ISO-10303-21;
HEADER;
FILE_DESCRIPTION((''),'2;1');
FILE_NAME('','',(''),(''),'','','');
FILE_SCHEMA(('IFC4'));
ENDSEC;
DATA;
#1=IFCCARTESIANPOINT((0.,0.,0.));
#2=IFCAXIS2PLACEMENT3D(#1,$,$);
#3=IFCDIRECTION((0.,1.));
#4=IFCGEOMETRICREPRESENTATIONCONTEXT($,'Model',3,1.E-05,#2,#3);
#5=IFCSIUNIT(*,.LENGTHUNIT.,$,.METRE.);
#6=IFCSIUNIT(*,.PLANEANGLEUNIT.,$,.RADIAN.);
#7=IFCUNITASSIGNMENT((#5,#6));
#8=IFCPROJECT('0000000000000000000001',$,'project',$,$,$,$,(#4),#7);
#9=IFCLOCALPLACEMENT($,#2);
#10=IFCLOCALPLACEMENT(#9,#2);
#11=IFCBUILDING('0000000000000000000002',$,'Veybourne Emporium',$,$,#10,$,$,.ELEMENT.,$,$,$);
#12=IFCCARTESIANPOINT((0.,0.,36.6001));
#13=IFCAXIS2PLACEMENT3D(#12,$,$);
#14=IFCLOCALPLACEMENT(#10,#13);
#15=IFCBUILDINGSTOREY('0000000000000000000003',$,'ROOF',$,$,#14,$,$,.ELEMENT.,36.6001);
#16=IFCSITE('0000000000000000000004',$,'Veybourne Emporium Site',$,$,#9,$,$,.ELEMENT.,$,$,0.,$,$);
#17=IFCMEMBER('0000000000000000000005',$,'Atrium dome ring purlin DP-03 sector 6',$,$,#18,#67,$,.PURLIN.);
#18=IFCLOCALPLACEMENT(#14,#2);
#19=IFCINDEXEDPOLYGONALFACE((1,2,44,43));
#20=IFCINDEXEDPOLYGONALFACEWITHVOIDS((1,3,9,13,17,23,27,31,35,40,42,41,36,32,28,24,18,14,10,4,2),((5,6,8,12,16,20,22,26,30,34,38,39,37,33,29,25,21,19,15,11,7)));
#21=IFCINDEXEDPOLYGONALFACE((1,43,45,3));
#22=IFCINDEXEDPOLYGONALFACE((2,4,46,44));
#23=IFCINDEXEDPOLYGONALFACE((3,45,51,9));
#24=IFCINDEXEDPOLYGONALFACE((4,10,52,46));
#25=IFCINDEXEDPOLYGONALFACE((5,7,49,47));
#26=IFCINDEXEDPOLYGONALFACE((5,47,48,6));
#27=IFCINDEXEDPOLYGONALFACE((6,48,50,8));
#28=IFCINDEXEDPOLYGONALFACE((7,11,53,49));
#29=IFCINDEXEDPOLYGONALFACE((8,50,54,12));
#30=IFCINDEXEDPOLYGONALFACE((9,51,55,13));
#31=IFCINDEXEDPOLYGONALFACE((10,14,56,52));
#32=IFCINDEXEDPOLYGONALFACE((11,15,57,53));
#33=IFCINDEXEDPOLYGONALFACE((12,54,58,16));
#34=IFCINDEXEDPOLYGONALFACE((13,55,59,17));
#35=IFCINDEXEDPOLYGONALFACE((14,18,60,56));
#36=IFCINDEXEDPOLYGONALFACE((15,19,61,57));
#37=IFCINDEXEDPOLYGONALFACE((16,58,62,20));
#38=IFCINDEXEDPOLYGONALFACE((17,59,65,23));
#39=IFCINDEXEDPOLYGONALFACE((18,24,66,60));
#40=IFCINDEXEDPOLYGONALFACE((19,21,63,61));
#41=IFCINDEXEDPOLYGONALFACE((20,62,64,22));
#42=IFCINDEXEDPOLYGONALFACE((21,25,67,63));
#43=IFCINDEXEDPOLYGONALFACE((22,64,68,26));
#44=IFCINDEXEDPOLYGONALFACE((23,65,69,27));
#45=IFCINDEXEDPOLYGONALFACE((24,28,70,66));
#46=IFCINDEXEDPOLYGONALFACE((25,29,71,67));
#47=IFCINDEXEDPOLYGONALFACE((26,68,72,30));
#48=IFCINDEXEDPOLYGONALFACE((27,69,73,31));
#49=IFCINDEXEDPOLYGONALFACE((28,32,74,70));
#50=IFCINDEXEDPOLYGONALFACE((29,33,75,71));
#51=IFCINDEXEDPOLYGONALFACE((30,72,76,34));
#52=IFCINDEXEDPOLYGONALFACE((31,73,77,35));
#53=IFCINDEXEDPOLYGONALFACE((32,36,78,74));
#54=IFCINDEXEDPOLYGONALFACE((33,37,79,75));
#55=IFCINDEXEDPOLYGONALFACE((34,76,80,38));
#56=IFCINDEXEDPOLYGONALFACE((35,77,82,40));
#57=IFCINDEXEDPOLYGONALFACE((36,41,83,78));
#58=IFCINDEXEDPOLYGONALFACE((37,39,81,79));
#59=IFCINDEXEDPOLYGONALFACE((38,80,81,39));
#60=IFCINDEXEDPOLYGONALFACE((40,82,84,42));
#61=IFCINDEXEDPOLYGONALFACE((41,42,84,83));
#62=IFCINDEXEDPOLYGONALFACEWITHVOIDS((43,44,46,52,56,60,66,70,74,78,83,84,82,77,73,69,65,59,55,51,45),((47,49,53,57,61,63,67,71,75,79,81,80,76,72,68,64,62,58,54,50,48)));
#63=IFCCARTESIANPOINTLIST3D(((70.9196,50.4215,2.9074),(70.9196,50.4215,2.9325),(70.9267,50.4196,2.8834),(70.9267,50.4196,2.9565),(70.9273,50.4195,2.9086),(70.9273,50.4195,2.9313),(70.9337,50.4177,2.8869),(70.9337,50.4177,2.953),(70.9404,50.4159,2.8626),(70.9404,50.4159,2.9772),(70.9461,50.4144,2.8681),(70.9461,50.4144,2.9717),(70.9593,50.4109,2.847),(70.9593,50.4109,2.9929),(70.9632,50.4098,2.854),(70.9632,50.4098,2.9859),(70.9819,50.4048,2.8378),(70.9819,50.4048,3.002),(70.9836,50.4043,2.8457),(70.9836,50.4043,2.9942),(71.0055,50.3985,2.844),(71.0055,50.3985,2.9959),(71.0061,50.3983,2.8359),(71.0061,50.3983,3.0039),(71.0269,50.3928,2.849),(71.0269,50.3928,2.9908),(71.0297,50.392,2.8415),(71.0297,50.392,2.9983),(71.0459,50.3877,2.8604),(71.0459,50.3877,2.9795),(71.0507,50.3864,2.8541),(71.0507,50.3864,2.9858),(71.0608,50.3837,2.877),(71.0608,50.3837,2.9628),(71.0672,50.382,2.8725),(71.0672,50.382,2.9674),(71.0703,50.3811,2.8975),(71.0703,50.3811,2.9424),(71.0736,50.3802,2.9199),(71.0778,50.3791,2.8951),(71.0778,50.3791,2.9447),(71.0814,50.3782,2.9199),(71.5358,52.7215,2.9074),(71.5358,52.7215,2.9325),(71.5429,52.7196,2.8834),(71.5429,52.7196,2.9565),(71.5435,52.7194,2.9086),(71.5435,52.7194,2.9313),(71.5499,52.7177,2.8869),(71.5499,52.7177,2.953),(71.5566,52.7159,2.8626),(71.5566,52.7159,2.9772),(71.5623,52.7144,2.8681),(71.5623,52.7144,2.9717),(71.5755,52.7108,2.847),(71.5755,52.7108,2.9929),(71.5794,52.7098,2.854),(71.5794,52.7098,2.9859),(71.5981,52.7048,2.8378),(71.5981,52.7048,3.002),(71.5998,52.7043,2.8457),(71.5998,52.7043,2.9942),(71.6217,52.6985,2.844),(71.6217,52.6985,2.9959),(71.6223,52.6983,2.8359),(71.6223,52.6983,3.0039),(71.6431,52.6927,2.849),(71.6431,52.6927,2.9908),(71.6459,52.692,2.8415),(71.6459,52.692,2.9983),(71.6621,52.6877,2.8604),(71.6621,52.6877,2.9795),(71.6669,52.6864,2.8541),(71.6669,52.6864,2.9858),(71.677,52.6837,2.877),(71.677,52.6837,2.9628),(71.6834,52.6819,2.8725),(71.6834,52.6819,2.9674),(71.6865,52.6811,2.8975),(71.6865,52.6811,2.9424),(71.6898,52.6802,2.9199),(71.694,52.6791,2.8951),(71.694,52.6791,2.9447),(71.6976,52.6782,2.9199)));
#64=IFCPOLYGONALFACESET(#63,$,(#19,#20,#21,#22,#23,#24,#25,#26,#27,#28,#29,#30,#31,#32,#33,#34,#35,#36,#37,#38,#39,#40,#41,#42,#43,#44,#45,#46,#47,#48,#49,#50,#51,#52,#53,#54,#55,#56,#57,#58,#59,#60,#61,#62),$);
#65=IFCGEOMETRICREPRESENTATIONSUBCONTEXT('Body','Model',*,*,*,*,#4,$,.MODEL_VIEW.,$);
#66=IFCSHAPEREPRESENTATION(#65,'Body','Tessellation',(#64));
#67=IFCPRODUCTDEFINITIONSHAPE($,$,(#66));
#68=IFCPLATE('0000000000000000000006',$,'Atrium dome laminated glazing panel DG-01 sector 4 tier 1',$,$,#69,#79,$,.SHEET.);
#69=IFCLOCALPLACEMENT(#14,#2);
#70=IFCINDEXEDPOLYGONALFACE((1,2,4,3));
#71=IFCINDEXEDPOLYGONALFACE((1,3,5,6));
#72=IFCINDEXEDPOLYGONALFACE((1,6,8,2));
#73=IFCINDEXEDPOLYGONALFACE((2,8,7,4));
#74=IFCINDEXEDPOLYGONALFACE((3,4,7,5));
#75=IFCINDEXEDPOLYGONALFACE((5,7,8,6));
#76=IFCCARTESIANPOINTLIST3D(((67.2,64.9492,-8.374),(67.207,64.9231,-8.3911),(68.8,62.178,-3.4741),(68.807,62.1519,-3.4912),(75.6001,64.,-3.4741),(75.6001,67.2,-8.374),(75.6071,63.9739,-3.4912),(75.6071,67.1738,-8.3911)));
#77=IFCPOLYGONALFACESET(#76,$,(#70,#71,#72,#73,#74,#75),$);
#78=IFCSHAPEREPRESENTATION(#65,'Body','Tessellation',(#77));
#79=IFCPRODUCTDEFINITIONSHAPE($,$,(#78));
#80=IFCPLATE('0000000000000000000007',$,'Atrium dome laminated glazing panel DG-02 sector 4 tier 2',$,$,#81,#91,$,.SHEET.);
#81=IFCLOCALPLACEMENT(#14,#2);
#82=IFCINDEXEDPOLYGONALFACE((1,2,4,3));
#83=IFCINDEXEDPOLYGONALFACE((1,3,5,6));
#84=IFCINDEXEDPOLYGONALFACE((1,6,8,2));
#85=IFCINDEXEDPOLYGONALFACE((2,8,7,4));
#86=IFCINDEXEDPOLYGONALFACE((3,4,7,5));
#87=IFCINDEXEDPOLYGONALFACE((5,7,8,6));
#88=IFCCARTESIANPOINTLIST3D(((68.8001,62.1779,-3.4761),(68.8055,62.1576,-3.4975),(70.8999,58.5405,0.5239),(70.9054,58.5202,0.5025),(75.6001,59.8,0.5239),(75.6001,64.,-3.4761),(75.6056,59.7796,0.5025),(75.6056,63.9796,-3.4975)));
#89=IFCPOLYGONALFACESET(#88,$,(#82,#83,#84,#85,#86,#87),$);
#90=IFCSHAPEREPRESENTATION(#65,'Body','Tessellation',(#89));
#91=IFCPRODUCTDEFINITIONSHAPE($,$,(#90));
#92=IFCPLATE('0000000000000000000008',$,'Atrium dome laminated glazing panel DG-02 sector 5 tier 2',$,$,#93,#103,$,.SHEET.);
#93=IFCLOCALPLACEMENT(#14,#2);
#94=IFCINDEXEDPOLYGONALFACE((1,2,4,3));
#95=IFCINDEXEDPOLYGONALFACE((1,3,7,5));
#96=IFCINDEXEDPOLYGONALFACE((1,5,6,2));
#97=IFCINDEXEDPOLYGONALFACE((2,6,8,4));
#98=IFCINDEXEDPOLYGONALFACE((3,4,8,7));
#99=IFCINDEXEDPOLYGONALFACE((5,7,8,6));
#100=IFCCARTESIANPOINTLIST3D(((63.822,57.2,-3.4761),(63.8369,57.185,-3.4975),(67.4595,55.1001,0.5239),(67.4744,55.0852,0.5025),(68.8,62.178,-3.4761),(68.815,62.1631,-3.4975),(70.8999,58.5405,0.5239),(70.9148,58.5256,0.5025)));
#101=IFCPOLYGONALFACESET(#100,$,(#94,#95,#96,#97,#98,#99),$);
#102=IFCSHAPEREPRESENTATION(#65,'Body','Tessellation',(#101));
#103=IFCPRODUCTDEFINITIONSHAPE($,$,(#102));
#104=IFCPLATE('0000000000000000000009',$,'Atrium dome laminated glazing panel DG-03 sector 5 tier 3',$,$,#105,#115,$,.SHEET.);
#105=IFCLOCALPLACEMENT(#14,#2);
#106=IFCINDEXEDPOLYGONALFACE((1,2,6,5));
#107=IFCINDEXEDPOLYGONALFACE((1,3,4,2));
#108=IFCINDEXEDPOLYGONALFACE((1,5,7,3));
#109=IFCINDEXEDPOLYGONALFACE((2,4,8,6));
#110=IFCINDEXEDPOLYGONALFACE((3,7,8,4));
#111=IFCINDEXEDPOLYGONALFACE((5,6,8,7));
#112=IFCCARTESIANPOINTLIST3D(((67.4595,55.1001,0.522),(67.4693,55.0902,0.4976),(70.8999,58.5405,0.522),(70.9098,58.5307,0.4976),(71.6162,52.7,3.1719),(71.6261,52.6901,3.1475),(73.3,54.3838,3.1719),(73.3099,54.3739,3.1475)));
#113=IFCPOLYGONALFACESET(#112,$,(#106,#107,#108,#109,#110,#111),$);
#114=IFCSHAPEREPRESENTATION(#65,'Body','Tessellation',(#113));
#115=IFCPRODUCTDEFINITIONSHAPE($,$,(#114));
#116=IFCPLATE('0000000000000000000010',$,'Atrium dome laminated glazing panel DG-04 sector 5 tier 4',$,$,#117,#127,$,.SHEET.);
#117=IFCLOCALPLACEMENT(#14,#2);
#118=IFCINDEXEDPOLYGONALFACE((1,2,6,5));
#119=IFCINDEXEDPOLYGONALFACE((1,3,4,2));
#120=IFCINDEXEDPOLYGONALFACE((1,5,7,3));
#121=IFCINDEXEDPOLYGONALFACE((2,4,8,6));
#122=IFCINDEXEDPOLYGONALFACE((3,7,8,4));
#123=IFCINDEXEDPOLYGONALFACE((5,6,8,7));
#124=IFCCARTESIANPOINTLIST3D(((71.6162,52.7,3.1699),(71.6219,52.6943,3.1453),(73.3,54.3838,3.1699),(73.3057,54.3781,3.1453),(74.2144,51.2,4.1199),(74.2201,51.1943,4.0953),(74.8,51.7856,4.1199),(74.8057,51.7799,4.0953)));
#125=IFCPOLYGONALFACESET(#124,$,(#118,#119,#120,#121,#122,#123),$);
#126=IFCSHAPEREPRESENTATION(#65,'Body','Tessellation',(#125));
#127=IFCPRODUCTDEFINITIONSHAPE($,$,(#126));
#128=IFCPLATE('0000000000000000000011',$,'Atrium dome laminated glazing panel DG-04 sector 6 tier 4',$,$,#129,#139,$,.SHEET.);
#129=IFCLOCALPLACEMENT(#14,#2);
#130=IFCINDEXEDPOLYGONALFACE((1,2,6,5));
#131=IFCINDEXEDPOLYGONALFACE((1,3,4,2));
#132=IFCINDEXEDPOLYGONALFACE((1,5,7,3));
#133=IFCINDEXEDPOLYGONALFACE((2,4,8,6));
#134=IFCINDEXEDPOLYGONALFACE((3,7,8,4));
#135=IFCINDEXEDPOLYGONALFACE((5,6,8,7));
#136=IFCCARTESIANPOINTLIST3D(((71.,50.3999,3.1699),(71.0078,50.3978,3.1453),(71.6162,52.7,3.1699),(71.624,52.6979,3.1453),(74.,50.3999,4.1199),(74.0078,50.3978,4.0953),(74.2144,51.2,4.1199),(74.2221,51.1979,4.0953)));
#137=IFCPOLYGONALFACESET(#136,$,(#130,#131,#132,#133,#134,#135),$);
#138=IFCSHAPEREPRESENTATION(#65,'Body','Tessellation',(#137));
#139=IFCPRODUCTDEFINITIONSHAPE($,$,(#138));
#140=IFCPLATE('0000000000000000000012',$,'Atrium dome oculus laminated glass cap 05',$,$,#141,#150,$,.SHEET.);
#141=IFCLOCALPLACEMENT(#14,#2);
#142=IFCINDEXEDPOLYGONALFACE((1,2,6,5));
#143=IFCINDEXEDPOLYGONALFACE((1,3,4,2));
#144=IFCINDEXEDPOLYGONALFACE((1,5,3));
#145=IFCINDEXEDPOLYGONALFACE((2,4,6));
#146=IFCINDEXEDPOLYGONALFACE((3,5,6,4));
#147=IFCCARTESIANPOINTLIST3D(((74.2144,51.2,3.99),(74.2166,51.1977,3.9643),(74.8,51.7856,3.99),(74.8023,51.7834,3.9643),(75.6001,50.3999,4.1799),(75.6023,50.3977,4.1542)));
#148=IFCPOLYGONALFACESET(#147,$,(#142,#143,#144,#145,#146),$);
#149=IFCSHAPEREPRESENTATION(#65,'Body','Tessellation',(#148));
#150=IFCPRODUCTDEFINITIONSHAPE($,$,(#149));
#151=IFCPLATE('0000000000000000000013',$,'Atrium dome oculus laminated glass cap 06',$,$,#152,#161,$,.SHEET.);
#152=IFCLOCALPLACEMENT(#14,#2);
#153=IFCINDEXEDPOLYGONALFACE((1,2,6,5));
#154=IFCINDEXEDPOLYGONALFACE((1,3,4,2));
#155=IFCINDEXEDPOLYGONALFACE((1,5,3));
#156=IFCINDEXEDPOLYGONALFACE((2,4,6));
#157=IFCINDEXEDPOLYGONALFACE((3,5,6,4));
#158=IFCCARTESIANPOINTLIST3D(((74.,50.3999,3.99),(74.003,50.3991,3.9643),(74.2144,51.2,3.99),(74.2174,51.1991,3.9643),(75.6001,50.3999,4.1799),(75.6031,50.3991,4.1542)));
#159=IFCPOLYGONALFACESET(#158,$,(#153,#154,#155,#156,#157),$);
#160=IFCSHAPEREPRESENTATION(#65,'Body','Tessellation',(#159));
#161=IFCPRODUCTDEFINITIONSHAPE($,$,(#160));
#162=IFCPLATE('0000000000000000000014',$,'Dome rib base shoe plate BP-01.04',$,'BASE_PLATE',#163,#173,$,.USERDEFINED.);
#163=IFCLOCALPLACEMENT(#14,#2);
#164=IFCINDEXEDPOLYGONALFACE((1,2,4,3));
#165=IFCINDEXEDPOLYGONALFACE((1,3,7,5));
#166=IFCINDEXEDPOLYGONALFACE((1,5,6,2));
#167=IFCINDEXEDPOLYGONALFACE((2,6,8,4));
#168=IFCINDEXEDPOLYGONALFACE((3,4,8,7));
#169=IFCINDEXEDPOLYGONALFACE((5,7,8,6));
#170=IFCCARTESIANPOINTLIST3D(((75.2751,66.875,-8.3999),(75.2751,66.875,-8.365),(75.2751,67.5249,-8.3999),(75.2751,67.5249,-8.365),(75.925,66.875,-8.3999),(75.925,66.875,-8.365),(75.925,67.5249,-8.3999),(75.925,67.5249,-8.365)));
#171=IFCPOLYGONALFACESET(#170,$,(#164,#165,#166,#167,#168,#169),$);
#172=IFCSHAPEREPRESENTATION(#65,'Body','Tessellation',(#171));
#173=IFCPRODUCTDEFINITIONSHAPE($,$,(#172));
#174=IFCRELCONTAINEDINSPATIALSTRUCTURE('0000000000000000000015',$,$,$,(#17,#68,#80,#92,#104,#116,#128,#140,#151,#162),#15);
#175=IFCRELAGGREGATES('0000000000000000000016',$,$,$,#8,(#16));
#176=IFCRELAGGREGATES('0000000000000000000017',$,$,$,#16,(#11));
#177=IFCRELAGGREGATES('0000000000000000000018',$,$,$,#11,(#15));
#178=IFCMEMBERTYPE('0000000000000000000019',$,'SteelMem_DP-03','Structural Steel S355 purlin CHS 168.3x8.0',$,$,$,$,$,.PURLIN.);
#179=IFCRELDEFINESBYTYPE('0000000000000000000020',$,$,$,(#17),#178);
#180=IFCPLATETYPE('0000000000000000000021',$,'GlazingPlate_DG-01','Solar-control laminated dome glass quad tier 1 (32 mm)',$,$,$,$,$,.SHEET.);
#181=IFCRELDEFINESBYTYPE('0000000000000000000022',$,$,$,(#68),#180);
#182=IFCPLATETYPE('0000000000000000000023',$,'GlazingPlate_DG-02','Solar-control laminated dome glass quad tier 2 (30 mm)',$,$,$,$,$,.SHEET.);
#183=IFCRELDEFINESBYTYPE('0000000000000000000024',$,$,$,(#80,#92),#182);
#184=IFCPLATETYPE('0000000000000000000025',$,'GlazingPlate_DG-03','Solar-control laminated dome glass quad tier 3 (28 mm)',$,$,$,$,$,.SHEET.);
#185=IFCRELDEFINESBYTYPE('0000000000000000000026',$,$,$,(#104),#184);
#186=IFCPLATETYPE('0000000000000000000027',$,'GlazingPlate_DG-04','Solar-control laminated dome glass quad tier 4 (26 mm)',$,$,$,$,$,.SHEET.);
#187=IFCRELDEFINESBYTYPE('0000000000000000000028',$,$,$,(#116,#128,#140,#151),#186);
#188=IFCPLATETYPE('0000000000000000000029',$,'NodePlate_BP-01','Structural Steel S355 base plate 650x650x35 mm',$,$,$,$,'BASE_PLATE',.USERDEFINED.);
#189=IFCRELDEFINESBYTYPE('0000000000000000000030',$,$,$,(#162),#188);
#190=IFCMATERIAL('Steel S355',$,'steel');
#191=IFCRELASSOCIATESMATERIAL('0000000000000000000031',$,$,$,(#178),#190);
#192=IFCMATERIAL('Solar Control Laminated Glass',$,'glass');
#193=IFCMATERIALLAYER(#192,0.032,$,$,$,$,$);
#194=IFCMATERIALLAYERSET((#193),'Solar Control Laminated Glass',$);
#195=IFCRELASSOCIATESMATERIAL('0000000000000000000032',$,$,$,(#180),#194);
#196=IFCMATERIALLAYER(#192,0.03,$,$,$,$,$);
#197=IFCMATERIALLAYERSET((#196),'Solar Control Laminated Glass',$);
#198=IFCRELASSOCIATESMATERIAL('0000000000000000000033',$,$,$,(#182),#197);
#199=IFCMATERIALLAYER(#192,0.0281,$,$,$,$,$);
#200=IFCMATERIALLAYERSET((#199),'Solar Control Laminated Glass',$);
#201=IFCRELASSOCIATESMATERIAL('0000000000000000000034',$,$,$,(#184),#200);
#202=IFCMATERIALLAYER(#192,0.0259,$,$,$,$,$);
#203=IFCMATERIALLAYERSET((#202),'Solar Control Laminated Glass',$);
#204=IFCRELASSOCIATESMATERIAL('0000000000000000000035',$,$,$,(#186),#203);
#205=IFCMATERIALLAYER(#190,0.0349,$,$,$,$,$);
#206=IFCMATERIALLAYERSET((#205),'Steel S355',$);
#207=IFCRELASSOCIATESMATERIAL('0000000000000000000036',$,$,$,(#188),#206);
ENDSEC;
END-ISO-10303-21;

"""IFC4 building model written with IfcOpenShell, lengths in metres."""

from ifc_helpers import new_model, si_unit, direction, frame, origin, origin_2d, place, context, subcontext, project, spatial, polyline, rectangle, hollow_circle, outline, extrude, material, layer, layer_set, material_profile, profile_set, type_object, element, save


model = new_model("IFC4")

# Units and contexts
model_context = context("Model", 3, precision=1e-05, world=origin(), true_north=direction((0.0, 1.0)))
body_context = subcontext(model_context, "Body", "Model", "MODEL_VIEW")
ifc_project = project(units=[si_unit("LENGTHUNIT", "METRE"), si_unit("PLANEANGLEUNIT", "RADIAN")], contexts=[model_context])

# Site, building, storey
site_placement = place(None, origin())
site = spatial("IfcSite", under=ifc_project, at=site_placement, Name="Veybourne Emporium Site", CompositionType="ELEMENT", RefElevation=0.0)
building_placement = place(site_placement, origin())
building = spatial("IfcBuilding", under=site, at=building_placement, Name="Veybourne Emporium", CompositionType="ELEMENT")
storey_placement = place(building_placement, frame((0.0, 0.0, 36.6001)))
storey = spatial("IfcBuildingStorey", under=building, at=storey_placement, Name="ROOF", CompositionType="ELEMENT", Elevation=36.6001)

# Shared definitions
ifc_material_1 = material(Name="Steel S355", Category="steel")

# Member
ifc_material_profile_1 = material_profile(ifc_material_1, hollow_circle(Radius=0.0842, WallThickness=0.0081, at=origin_2d()), Name="CHS 168.3x8.0")
ifc_profile_set_1 = profile_set([ifc_material_profile_1], Name="Steel S355")
member_type_1 = type_object("IfcMemberType", Name="SteelMem_DP-03", Description="Structural Steel S355 purlin CHS 168.3x8.0", PredefinedType="PURLIN", material=ifc_profile_set_1)
member_1_placement = place(storey_placement, frame((71.6162, 52.7, 2.9199), z_axis=(-0.258786, -0.965935, 0.0), x_axis=(0.965935, -0.258786, 0.0)))
element("IfcMember", 1, at=member_1_placement, inside=storey, type_object=member_type_1, Name="Atrium dome ring purlin DP-03 sector 6", PredefinedType="PURLIN", context=body_context, shape_type="SweptSolid", body=[
    extrude(hollow_circle(Radius=0.0842, WallThickness=0.0081, at=origin_2d()), origin(), (0.0, 0.0, 1.0), 2.3811),
])

# Plates
ifc_material_2 = material(Name="Solar Control Laminated Glass", Category="glass")
ifc_layer_1 = layer(ifc_material_2, 0.032)
ifc_layer_set_1 = layer_set([ifc_layer_1], Name="Solar Control Laminated Glass")
plate_type_1 = type_object("IfcPlateType", Name="GlazingPlate_DG-01", Description="Solar-control laminated dome glass quad tier 1 (32 mm)", PredefinedType="SHEET", material=ifc_layer_set_1)
plate_1_placement = place(storey_placement, frame((75.6001, 67.2, -8.374), z_axis=(-0.218898, 0.816963, 0.533531), x_axis=(-0.965928, -0.258811, -0.000001)))
element("IfcPlate", 2, at=plate_1_placement, inside=storey, type_object=plate_type_1, Name="Atrium dome laminated glazing panel DG-01 sector 4 tier 1", PredefinedType="SHEET", context=body_context, shape_type="SweptSolid", body=[
    extrude(outline(polyline([(0.0, 0.0), (8.6965, 0.0), (7.8681, 5.7934), (0.8282, 5.7933), (0.0, 0.0)])), origin(), (0.0, 0.0, -1.0), 0.032),
])
ifc_layer_2 = layer(ifc_material_2, 0.03)
ifc_layer_set_2 = layer_set([ifc_layer_2], Name="Solar Control Laminated Glass")
plate_type_2 = type_object("IfcPlateType", Name="GlazingPlate_DG-02", Description="Solar-control laminated dome glass quad tier 2 (30 mm)", PredefinedType="SHEET", material=ifc_layer_set_2)
plate_2_placement = place(storey_placement, frame((75.6001, 64.0, -3.4761), z_axis=(-0.181719, 0.67817, 0.712084), x_axis=(-0.965926, -0.258818, -0.000006)))
element("IfcPlate", 3, at=plate_2_placement, inside=storey, type_object=plate_type_2, Name="Atrium dome laminated glazing panel DG-02 sector 4 tier 2", PredefinedType="SHEET", context=body_context, shape_type="SweptSolid", body=[
    extrude(outline(polyline([(0.0, 0.0), (7.0399, 0.0), (5.953, 5.6973), (1.087, 5.6972), (0.0, 0.0)])), origin(), (0.0, 0.0, -1.0), 0.03),
])
plate_3_placement = place(storey_placement, frame((68.8, 62.178, -3.4761), z_axis=(-0.496457, 0.496457, 0.712082), x_axis=(-0.707107, -0.707107, 0.0)))
element("IfcPlate", 4, at=plate_3_placement, inside=storey, type_object=plate_type_2, Name="Atrium dome laminated glazing panel DG-02 sector 5 tier 2", PredefinedType="SHEET", context=body_context, shape_type="SweptSolid", body=[
    extrude(outline(polyline([(0.0, 0.0), (7.04, 0.0), (5.9527, 5.6972), (1.0872, 5.6972), (0.0, 0.0)])), origin(), (0.0, 0.0, -1.0), 0.03),
])
ifc_layer_3 = layer(ifc_material_2, 0.0281)
ifc_layer_set_3 = layer_set([ifc_layer_3], Name="Solar Control Laminated Glass")
plate_type_3 = type_object("IfcPlateType", Name="GlazingPlate_DG-03", Description="Solar-control laminated dome glass quad tier 3 (28 mm)", PredefinedType="SHEET", material=ifc_layer_set_3)
plate_4_placement = place(storey_placement, frame((70.8999, 58.5405, 0.522), z_axis=(-0.350875, 0.350875, 0.868201), x_axis=(-0.707107, -0.707107, 0.0)))
element("IfcPlate", 5, at=plate_4_placement, inside=storey, type_object=plate_type_3, Name="Atrium dome laminated glazing panel DG-03 sector 5 tier 3", PredefinedType="SHEET", context=body_context, shape_type="SweptSolid", body=[
    extrude(outline(polyline([(0.0, 0.0), (4.8655, 0.0), (3.6234, 5.3403), (1.2421, 5.3403), (0.0, 0.0)])), origin(), (0.0, 0.0, -1.0), 0.0281),
])
ifc_layer_4 = layer(ifc_material_2, 0.0259)
ifc_layer_set_4 = layer_set([ifc_layer_4], Name="Solar Control Laminated Glass")
plate_type_4 = type_object("IfcPlateType", Name="GlazingPlate_DG-04", Description="Solar-control laminated dome glass quad tier 4 (26 mm)", PredefinedType="SHEET", material=ifc_layer_set_4)
plate_5_placement = place(storey_placement, frame((73.3, 54.3838, 3.1699), z_axis=(-0.220267, 0.220267, 0.950245), x_axis=(-0.707107, -0.707107, 0.0)))
element("IfcPlate", 6, at=plate_5_placement, inside=storey, type_object=plate_type_4, Name="Atrium dome laminated glazing panel DG-04 sector 5 tier 4", PredefinedType="SHEET", context=body_context, shape_type="SweptSolid", body=[
    extrude(outline(polyline([(0.0, 0.0), (2.3813, 0.0), (1.6048, 3.0496), (0.7765, 3.0496), (0.0, 0.0)])), origin(), (0.0, 0.0, -1.0), 0.0259),
])
plate_6_placement = place(storey_placement, frame((71.6162, 52.7, 3.1699), z_axis=(-0.300894, 0.080614, 0.950244), x_axis=(-0.258786, -0.965935, 0.000001)))
element("IfcPlate", 7, at=plate_6_placement, inside=storey, type_object=plate_type_4, Name="Atrium dome laminated glazing panel DG-04 sector 6 tier 4", PredefinedType="SHEET", context=body_context, shape_type="SweptSolid", body=[
    extrude(outline(polyline([(0.0, 0.0), (2.3812, 0.0), (1.6048, 3.0495), (0.7765, 3.0495), (0.0, 0.0)])), origin(), (0.0, 0.0, -1.0), 0.0259),
])
plate_7_placement = place(storey_placement, frame((74.8, 51.7856, 3.99), z_axis=(-0.086249, 0.086249, 0.992533), x_axis=(-0.707107, -0.707107, 0.0)))
element("IfcPlate", 8, at=plate_7_placement, inside=storey, type_object=plate_type_4, Name="Atrium dome oculus laminated glass cap 05", PredefinedType="SHEET", context=body_context, shape_type="SweptSolid", body=[
    extrude(outline(polyline([(0.0, 0.0), (0.8283, 0.0), (0.4141, 1.5572), (0.0, 0.0)])), origin(), (0.0, 0.0, -1.0), 0.0259),
])
plate_8_placement = place(storey_placement, frame((74.2144, 51.2, 3.99), z_axis=(-0.11782, 0.031567, 0.992533), x_axis=(-0.2588, -0.965931, 0.0)))
element("IfcPlate", 9, at=plate_8_placement, inside=storey, type_object=plate_type_4, Name="Atrium dome oculus laminated glass cap 06", PredefinedType="SHEET", context=body_context, shape_type="SweptSolid", body=[
    extrude(outline(polyline([(0.0, 0.0), (0.8283, 0.0), (0.4142, 1.5572), (0.0, 0.0)])), origin(), (0.0, 0.0, -1.0), 0.0259),
])
ifc_layer_5 = layer(ifc_material_1, 0.0349)
ifc_layer_set_5 = layer_set([ifc_layer_5], Name="Steel S355")
plate_type_5 = type_object("IfcPlateType", Name="NodePlate_BP-01", Description="Structural Steel S355 base plate 650x650x35 mm", ElementType="BASE_PLATE", PredefinedType="USERDEFINED", material=ifc_layer_set_5)
plate_9_placement = place(storey_placement, frame((75.6001, 67.2, -8.3999), z_axis=(0.0, 0.0, 1.0), x_axis=(0.0, 1.0, 0.0)))
element("IfcPlate", 10, at=plate_9_placement, inside=storey, type_object=plate_type_5, Name="Dome rib base shoe plate BP-01.04", ObjectType="BASE_PLATE", PredefinedType="USERDEFINED", context=body_context, shape_type="SweptSolid", body=[
    extrude(rectangle(XDim=0.6499, YDim=0.6499, at=origin_2d()), origin(), (0.0, 0.0, 1.0), 0.0349),
])

save(model, "model.ifc")
